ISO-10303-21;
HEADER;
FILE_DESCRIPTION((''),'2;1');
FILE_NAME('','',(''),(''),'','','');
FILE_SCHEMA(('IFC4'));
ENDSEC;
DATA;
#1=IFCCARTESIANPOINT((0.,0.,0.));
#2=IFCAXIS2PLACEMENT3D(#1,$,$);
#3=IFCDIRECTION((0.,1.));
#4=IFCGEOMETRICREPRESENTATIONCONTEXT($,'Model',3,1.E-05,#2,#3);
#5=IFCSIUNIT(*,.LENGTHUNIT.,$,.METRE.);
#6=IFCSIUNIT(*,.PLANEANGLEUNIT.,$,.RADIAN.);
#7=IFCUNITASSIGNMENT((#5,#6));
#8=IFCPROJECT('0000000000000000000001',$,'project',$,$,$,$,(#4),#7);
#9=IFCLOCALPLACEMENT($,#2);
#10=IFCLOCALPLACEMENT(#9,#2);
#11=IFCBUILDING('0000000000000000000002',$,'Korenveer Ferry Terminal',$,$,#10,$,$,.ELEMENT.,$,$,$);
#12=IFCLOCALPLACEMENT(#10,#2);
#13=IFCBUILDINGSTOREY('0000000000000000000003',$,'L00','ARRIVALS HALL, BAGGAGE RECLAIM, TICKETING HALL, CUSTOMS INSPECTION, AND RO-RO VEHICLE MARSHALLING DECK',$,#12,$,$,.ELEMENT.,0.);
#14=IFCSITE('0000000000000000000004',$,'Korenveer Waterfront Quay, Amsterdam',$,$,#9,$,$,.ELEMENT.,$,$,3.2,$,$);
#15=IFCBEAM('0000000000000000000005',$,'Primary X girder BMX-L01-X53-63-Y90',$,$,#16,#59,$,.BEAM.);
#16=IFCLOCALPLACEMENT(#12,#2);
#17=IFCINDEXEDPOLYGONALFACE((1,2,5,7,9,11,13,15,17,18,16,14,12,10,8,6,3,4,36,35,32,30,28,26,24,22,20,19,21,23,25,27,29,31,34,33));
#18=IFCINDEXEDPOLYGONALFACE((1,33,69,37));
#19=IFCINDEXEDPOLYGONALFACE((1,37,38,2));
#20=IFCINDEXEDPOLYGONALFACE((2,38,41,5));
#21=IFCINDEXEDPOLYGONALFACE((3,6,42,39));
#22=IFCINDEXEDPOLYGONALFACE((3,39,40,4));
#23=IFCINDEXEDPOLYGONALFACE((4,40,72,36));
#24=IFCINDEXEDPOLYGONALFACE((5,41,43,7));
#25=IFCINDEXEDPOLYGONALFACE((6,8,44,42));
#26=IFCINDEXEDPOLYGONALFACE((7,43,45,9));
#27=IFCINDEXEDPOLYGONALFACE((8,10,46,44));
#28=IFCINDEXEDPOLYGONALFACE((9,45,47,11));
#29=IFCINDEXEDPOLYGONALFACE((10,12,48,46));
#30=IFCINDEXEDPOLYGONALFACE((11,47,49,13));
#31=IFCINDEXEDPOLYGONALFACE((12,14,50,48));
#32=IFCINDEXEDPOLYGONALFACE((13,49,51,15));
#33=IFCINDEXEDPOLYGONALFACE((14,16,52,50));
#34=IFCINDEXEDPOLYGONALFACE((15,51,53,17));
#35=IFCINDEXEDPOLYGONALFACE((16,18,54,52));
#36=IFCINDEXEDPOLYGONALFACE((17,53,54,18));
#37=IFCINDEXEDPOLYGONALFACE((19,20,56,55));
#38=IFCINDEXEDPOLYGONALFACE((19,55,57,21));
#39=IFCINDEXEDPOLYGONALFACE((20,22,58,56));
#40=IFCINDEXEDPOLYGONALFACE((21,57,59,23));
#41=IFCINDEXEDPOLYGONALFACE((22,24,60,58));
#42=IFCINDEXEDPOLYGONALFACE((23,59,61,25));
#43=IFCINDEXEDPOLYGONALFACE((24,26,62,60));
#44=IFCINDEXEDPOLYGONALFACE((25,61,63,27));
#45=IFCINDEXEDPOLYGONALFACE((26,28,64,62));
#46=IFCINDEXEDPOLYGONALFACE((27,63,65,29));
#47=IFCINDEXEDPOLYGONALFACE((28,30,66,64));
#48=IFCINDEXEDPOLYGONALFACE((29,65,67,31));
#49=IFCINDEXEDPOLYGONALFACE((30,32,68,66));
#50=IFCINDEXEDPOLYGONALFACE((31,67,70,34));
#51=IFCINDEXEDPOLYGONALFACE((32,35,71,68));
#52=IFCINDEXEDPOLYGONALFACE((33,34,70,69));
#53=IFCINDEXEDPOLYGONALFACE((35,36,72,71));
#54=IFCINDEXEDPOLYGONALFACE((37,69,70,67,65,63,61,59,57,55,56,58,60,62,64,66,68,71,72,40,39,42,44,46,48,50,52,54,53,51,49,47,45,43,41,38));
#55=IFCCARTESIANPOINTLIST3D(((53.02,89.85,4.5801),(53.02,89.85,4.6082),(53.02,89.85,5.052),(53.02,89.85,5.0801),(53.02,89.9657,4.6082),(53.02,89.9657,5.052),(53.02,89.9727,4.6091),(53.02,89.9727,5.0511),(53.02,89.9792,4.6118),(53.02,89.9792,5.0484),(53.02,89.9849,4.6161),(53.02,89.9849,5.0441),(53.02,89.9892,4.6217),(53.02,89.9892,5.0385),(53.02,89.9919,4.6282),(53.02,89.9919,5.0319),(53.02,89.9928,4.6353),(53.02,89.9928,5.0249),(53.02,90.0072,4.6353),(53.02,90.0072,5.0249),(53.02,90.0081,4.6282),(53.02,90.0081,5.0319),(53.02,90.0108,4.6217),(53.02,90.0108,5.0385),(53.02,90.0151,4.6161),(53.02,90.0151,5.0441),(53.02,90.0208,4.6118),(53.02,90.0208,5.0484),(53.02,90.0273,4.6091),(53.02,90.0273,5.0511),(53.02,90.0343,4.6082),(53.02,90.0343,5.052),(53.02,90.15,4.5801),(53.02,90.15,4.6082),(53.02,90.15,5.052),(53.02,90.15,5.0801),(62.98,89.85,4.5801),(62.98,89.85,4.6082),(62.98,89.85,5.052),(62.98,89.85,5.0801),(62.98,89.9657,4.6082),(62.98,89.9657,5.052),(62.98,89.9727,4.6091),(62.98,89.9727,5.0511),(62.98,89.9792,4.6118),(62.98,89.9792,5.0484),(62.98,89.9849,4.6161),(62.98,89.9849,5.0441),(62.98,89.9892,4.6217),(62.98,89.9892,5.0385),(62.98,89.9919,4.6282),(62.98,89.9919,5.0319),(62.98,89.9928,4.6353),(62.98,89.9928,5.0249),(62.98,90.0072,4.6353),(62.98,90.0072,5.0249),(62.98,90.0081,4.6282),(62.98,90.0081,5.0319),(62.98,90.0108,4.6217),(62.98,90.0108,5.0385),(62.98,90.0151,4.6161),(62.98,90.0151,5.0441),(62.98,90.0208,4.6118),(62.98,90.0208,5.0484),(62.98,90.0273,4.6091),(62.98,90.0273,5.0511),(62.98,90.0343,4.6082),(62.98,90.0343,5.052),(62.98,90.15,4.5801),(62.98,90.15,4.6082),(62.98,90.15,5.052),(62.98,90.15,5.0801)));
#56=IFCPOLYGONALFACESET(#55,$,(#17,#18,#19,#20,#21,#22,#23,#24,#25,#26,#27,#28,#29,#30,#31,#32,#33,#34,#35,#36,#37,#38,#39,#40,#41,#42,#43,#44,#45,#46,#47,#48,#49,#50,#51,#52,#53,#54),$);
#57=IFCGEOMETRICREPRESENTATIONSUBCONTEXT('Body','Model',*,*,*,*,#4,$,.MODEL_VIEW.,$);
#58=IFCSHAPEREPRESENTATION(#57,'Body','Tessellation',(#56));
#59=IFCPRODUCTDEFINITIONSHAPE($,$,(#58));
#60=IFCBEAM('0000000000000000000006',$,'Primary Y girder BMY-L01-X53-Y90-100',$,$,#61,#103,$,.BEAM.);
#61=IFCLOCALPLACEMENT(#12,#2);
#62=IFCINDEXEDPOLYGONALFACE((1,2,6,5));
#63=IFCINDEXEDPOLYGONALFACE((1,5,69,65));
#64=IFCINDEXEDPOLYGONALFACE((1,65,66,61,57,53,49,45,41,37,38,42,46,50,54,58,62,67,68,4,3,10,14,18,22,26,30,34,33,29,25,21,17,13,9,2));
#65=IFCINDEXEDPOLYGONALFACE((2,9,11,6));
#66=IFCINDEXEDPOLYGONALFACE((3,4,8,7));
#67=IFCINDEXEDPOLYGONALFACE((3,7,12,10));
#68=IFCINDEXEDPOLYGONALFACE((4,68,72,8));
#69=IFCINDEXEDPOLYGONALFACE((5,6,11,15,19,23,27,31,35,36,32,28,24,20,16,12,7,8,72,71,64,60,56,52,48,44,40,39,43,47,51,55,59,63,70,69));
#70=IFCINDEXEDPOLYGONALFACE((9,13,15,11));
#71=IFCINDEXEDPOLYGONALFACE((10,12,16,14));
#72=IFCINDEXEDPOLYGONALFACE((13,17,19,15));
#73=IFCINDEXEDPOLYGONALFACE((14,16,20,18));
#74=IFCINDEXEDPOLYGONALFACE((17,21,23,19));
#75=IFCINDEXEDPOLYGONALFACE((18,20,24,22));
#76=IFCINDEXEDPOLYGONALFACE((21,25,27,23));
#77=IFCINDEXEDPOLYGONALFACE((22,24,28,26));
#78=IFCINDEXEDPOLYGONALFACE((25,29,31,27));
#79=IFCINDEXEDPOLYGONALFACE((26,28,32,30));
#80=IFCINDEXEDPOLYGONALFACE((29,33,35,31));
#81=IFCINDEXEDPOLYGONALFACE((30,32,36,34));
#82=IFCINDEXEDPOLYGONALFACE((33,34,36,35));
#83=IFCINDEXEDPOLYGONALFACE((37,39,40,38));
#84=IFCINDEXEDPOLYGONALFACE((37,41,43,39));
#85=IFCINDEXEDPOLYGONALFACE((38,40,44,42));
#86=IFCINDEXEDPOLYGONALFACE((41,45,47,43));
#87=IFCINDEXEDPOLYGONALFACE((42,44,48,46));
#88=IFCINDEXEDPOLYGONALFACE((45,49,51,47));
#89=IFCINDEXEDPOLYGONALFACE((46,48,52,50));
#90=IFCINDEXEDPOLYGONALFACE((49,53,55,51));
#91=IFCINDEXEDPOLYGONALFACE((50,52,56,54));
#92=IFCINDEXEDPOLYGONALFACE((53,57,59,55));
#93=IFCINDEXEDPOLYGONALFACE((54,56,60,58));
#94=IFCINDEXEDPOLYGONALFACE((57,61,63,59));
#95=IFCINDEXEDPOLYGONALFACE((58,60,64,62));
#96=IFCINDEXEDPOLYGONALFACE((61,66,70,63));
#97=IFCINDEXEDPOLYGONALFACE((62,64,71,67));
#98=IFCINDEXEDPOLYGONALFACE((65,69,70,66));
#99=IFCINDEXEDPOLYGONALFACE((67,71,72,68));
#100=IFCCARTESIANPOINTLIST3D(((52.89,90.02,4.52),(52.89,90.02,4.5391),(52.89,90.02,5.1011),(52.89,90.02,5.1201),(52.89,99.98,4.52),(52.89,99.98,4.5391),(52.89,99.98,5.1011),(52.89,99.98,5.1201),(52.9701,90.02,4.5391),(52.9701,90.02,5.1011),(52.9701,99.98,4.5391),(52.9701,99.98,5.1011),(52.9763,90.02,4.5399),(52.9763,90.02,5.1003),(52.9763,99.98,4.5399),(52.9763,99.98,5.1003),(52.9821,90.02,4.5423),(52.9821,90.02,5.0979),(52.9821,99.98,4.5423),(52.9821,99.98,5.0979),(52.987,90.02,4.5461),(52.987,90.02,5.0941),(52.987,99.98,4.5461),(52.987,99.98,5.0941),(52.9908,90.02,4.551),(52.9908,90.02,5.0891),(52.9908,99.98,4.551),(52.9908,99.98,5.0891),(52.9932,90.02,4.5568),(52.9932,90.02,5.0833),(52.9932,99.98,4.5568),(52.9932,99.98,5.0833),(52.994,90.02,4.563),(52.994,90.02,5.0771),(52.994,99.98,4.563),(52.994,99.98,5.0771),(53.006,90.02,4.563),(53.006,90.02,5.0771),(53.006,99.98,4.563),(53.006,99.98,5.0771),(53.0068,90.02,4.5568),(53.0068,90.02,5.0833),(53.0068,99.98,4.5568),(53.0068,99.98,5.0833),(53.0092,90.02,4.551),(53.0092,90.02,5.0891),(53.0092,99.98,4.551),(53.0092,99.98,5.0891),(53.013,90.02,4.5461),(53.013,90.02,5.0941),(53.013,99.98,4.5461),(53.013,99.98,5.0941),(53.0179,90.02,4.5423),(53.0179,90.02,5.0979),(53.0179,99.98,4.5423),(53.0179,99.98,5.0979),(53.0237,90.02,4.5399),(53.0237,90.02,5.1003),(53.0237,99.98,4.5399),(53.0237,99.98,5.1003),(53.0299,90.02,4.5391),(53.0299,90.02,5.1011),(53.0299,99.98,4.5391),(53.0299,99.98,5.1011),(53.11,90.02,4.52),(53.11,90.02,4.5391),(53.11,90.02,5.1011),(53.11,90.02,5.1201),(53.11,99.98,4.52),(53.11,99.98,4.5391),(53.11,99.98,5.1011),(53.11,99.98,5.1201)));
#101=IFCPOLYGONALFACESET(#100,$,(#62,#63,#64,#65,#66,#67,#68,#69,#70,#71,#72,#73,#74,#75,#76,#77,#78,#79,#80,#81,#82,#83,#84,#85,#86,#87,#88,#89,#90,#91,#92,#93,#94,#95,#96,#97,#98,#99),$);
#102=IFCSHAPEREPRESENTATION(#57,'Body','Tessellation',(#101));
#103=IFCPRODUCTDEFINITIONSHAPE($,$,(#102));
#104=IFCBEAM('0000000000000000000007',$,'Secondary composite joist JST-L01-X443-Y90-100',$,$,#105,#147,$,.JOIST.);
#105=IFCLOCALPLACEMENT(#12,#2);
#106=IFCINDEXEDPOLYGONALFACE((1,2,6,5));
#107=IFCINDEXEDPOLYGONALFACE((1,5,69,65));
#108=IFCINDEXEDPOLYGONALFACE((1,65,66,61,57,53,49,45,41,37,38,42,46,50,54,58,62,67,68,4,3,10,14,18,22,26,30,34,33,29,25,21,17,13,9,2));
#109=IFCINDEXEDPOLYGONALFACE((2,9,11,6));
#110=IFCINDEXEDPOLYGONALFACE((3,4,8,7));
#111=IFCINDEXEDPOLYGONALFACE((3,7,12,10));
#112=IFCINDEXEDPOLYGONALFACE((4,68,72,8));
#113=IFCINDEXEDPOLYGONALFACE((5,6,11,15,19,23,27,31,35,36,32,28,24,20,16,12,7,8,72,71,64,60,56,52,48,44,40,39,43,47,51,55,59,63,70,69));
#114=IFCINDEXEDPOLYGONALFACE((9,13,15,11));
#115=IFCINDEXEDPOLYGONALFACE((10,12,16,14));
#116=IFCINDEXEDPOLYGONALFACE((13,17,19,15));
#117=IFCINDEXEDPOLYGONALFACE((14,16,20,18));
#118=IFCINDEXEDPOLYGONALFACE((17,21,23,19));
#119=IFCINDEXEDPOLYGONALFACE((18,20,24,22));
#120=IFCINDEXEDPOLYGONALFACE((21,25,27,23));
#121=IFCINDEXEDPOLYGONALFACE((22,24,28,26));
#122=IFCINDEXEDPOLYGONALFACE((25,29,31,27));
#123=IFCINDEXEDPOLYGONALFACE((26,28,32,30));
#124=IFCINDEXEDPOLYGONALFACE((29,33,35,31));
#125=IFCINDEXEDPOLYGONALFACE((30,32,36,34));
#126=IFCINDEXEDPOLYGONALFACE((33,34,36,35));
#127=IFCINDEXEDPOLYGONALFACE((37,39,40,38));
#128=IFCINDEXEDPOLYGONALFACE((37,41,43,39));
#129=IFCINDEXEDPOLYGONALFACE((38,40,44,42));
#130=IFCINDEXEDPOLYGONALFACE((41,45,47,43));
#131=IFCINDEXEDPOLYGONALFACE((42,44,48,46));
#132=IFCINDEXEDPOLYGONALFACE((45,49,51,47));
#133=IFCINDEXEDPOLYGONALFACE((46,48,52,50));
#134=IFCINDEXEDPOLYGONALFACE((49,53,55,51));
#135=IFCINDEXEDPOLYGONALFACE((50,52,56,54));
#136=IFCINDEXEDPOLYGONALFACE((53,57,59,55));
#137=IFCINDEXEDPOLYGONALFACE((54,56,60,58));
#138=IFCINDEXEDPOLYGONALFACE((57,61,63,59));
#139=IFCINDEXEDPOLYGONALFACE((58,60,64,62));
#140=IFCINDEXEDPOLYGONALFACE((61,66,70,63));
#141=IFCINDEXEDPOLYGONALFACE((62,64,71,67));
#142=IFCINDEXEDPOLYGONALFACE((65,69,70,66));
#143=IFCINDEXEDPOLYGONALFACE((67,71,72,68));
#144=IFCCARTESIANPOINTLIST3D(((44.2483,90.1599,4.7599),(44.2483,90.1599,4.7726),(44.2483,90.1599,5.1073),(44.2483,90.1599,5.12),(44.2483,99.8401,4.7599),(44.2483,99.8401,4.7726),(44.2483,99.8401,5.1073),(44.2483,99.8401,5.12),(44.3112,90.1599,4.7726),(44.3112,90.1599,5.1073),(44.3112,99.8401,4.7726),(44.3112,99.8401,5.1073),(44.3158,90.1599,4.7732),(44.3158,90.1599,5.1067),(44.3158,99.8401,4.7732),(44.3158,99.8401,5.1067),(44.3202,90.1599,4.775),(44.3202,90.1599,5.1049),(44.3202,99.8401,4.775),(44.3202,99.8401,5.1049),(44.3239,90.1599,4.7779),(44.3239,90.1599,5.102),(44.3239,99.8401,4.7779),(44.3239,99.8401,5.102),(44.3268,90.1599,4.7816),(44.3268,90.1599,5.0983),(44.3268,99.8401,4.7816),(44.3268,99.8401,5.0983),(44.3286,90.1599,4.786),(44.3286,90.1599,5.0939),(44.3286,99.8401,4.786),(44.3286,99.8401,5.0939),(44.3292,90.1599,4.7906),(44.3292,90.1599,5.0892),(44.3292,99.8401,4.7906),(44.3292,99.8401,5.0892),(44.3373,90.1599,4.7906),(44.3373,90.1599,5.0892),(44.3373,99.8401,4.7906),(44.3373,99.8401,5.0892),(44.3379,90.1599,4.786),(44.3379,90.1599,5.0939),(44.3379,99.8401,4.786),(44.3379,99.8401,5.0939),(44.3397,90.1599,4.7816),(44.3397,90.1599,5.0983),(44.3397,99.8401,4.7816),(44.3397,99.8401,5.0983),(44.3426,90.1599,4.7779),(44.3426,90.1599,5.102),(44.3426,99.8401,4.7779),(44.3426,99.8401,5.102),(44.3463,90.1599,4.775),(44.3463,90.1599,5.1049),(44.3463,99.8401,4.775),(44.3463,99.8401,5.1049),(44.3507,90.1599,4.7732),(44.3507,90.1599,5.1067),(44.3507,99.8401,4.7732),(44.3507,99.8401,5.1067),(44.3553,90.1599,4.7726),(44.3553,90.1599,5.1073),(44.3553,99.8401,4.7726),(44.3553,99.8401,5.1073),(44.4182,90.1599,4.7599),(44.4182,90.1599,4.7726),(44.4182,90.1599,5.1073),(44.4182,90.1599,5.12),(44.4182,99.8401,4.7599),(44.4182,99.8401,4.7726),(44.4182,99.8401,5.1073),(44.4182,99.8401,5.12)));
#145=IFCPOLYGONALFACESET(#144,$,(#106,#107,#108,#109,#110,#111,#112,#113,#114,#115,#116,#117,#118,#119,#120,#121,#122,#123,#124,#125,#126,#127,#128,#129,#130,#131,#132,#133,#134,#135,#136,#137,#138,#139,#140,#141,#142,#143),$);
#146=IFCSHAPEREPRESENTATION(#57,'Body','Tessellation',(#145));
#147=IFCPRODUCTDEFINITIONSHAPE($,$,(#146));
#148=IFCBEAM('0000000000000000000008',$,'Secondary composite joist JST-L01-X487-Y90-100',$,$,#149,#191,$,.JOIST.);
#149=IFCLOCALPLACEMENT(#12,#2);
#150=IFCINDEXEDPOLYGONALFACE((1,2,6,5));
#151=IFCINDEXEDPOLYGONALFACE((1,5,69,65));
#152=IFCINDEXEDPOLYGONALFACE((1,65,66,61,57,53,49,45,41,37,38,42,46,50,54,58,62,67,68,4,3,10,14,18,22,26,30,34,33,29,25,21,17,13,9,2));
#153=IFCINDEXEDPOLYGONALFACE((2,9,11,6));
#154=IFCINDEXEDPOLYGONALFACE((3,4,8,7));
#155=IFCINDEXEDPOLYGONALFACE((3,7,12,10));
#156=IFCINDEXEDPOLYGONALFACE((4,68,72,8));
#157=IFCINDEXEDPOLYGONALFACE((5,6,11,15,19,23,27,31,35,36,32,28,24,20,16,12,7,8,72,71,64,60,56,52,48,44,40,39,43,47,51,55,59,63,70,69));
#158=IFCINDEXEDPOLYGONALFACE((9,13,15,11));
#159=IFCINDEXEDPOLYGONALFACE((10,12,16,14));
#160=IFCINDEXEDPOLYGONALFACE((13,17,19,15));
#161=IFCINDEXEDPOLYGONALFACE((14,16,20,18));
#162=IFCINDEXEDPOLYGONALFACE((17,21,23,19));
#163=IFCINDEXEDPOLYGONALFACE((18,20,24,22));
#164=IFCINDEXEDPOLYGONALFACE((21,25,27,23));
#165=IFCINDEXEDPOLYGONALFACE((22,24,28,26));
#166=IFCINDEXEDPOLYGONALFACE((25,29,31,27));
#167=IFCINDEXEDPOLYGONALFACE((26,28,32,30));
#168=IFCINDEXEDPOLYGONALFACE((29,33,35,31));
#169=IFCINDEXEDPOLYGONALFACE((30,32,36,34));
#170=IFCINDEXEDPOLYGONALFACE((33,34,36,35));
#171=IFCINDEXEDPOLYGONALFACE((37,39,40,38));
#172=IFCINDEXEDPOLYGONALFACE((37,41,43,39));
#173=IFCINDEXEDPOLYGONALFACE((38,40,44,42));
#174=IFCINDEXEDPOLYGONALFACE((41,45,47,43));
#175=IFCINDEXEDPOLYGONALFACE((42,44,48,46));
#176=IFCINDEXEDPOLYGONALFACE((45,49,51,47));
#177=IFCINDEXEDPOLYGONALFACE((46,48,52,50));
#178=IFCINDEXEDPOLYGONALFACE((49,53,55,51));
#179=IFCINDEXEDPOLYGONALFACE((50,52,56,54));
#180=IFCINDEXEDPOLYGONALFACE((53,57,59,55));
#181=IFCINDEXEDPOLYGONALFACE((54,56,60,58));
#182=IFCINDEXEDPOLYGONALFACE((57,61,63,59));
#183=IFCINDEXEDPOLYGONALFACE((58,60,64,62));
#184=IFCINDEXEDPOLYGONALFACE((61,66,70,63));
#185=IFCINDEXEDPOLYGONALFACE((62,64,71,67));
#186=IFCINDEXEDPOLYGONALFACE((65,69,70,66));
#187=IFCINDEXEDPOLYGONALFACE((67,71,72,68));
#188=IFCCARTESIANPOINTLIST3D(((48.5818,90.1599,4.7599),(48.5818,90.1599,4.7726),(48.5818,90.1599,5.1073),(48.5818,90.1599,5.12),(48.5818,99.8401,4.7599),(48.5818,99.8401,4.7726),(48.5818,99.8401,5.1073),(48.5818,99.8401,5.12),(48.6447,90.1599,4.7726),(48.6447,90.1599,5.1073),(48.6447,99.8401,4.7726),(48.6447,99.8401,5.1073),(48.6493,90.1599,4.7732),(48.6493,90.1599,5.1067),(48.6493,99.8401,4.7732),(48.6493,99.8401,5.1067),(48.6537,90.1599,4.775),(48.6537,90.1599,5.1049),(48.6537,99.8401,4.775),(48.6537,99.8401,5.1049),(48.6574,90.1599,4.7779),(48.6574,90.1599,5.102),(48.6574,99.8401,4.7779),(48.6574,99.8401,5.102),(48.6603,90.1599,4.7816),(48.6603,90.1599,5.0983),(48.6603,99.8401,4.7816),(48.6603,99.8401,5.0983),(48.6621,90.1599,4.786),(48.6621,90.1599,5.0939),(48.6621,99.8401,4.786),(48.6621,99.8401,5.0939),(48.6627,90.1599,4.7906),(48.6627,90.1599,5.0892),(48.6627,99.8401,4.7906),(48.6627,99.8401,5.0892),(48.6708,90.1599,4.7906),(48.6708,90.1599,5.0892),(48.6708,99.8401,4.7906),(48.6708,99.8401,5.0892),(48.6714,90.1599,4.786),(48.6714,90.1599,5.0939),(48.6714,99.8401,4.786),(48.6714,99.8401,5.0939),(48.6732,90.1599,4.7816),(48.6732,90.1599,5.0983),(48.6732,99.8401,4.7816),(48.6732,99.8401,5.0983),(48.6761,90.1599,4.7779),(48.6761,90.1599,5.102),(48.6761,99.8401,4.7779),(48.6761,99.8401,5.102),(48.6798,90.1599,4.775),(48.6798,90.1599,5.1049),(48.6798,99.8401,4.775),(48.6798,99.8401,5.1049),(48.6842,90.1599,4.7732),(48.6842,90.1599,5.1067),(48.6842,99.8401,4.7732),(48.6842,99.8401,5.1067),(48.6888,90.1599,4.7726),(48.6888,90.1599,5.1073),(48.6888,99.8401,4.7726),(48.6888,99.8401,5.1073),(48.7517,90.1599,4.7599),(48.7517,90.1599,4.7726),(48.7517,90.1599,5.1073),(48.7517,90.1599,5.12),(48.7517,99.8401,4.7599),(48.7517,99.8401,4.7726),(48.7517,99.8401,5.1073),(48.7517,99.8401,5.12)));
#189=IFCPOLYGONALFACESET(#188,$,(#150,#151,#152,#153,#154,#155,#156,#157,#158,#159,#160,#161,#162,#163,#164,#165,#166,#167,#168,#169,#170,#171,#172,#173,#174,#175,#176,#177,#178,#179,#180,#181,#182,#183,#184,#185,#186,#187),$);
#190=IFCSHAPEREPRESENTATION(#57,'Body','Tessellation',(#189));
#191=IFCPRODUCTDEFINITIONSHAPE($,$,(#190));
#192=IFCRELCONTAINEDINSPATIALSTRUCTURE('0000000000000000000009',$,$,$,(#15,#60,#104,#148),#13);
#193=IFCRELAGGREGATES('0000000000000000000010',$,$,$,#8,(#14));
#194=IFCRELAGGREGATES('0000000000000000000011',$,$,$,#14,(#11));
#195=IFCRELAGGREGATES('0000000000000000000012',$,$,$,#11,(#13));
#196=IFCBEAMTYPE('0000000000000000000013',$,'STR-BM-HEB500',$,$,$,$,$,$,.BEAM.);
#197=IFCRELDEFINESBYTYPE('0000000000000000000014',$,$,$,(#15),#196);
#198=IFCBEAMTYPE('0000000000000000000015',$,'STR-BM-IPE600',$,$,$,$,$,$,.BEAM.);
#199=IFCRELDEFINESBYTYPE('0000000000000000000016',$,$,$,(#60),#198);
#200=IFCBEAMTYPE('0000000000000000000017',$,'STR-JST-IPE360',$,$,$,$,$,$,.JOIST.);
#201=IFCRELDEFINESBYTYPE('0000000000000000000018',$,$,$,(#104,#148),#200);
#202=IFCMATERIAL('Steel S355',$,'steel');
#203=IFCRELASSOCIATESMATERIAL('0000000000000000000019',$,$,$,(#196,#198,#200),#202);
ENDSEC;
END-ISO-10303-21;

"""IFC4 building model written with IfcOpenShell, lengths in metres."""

from ifc_helpers import new_model, si_unit, direction, frame, origin, origin_2d, place, context, subcontext, project, spatial, i_section, extrude, material, material_profile, profile_set, type_object, element, save


model = new_model("IFC4")

# Units and contexts
model_context = context("Model", 3, precision=1e-05, world=origin(), true_north=direction((0.0, 1.0)))
body_context = subcontext(model_context, "Body", "Model", "MODEL_VIEW")
ifc_project = project(units=[si_unit("LENGTHUNIT", "METRE"), si_unit("PLANEANGLEUNIT", "RADIAN")], contexts=[model_context])

# Site, building, storey
site_placement = place(None, origin())
site = spatial("IfcSite", under=ifc_project, at=site_placement, Name="Korenveer Waterfront Quay, Amsterdam", CompositionType="ELEMENT", RefElevation=3.2)
building_placement = place(site_placement, origin())
building = spatial("IfcBuilding", under=site, at=building_placement, Name="Korenveer Ferry Terminal", CompositionType="ELEMENT")
storey_placement = place(building_placement, origin())
storey = spatial("IfcBuildingStorey", under=building, at=storey_placement, Name="L00", Description="ARRIVALS HALL, BAGGAGE RECLAIM, TICKETING HALL, CUSTOMS INSPECTION, AND RO-RO VEHICLE MARSHALLING DECK", CompositionType="ELEMENT", Elevation=0.0)

# Shared definitions
ifc_material_1 = material(Name="Steel S355", Category="steel")

# Beams
ifc_material_profile_1 = material_profile(ifc_material_1, i_section(OverallWidth=0.3, OverallDepth=0.5, WebThickness=0.0144, FlangeThickness=0.0281, FilletRadius=0.0271, at=origin_2d()), Name="HEB 500")
ifc_profile_set_1 = profile_set([ifc_material_profile_1], Name="Steel S355")
beam_type_1 = type_object("IfcBeamType", Name="STR-BM-HEB500", PredefinedType="BEAM", material=ifc_profile_set_1)
beam_1_placement = place(storey_placement, frame((53.02, 90.0, 4.8301), z_axis=(1.0, 0.0, 0.0), x_axis=(0.0, 1.0, 0.0)))
element("IfcBeam", 1, at=beam_1_placement, inside=storey, type_object=beam_type_1, Name="Primary X girder BMX-L01-X53-63-Y90", PredefinedType="BEAM", context=body_context, shape_type="SweptSolid", body=[
    extrude(i_section(OverallWidth=0.3, OverallDepth=0.5, WebThickness=0.0144, FlangeThickness=0.0281, FilletRadius=0.0271, at=origin_2d()), origin(), (0.0, 0.0, 1.0), 9.96),
])
ifc_material_profile_2 = material_profile(ifc_material_1, i_section(OverallWidth=0.22, OverallDepth=0.6001, WebThickness=0.012, FlangeThickness=0.019, FilletRadius=0.0239, at=origin_2d()), Name="IPE 600")
ifc_profile_set_2 = profile_set([ifc_material_profile_2], Name="Steel S355")
beam_type_2 = type_object("IfcBeamType", Name="STR-BM-IPE600", PredefinedType="BEAM", material=ifc_profile_set_2)
beam_2_placement = place(storey_placement, frame((53.0, 90.02, 4.8201), z_axis=(0.0, 1.0, 0.0), x_axis=(-1.0, 0.0, 0.0)))
element("IfcBeam", 2, at=beam_2_placement, inside=storey, type_object=beam_type_2, Name="Primary Y girder BMY-L01-X53-Y90-100", PredefinedType="BEAM", context=body_context, shape_type="SweptSolid", body=[
    extrude(i_section(OverallWidth=0.22, OverallDepth=0.6001, WebThickness=0.012, FlangeThickness=0.019, FilletRadius=0.0239, at=origin_2d()), origin(), (0.0, 0.0, 1.0), 9.96),
])
ifc_material_profile_3 = material_profile(ifc_material_1, i_section(OverallWidth=0.1699, OverallDepth=0.3601, WebThickness=0.0081, FlangeThickness=0.0127, FilletRadius=0.0181, at=origin_2d()), Name="IPE 360")
ifc_profile_set_3 = profile_set([ifc_material_profile_3], Name="Steel S355")
beam_type_3 = type_object("IfcBeamType", Name="STR-JST-IPE360", PredefinedType="JOIST", material=ifc_profile_set_3)
for number, where, z_axis, x_axis, name in (
    (3, (44.3333, 90.1599, 4.9399), (0.0, 1.0, 0.0), (-1.0, 0.0, 0.0), "Secondary composite joist JST-L01-X443-Y90-100"),
    (4, (48.6667, 90.1599, 4.9399), (0.0, 1.0, 0.0), (-1.0, 0.0, 0.0), "Secondary composite joist JST-L01-X487-Y90-100"),
):
    element("IfcBeam", number, at=place(storey_placement, frame(where, z_axis=z_axis, x_axis=x_axis)), inside=storey, type_object=beam_type_3, Name=name, PredefinedType="JOIST", context=body_context, shape_type="SweptSolid", body=[
        extrude(i_section(OverallWidth=0.1699, OverallDepth=0.3601, WebThickness=0.0081, FlangeThickness=0.0127, FilletRadius=0.0181, at=origin_2d()), origin(), (0.0, 0.0, 1.0), 9.6802),
    ])

save(model, "model.ifc")
